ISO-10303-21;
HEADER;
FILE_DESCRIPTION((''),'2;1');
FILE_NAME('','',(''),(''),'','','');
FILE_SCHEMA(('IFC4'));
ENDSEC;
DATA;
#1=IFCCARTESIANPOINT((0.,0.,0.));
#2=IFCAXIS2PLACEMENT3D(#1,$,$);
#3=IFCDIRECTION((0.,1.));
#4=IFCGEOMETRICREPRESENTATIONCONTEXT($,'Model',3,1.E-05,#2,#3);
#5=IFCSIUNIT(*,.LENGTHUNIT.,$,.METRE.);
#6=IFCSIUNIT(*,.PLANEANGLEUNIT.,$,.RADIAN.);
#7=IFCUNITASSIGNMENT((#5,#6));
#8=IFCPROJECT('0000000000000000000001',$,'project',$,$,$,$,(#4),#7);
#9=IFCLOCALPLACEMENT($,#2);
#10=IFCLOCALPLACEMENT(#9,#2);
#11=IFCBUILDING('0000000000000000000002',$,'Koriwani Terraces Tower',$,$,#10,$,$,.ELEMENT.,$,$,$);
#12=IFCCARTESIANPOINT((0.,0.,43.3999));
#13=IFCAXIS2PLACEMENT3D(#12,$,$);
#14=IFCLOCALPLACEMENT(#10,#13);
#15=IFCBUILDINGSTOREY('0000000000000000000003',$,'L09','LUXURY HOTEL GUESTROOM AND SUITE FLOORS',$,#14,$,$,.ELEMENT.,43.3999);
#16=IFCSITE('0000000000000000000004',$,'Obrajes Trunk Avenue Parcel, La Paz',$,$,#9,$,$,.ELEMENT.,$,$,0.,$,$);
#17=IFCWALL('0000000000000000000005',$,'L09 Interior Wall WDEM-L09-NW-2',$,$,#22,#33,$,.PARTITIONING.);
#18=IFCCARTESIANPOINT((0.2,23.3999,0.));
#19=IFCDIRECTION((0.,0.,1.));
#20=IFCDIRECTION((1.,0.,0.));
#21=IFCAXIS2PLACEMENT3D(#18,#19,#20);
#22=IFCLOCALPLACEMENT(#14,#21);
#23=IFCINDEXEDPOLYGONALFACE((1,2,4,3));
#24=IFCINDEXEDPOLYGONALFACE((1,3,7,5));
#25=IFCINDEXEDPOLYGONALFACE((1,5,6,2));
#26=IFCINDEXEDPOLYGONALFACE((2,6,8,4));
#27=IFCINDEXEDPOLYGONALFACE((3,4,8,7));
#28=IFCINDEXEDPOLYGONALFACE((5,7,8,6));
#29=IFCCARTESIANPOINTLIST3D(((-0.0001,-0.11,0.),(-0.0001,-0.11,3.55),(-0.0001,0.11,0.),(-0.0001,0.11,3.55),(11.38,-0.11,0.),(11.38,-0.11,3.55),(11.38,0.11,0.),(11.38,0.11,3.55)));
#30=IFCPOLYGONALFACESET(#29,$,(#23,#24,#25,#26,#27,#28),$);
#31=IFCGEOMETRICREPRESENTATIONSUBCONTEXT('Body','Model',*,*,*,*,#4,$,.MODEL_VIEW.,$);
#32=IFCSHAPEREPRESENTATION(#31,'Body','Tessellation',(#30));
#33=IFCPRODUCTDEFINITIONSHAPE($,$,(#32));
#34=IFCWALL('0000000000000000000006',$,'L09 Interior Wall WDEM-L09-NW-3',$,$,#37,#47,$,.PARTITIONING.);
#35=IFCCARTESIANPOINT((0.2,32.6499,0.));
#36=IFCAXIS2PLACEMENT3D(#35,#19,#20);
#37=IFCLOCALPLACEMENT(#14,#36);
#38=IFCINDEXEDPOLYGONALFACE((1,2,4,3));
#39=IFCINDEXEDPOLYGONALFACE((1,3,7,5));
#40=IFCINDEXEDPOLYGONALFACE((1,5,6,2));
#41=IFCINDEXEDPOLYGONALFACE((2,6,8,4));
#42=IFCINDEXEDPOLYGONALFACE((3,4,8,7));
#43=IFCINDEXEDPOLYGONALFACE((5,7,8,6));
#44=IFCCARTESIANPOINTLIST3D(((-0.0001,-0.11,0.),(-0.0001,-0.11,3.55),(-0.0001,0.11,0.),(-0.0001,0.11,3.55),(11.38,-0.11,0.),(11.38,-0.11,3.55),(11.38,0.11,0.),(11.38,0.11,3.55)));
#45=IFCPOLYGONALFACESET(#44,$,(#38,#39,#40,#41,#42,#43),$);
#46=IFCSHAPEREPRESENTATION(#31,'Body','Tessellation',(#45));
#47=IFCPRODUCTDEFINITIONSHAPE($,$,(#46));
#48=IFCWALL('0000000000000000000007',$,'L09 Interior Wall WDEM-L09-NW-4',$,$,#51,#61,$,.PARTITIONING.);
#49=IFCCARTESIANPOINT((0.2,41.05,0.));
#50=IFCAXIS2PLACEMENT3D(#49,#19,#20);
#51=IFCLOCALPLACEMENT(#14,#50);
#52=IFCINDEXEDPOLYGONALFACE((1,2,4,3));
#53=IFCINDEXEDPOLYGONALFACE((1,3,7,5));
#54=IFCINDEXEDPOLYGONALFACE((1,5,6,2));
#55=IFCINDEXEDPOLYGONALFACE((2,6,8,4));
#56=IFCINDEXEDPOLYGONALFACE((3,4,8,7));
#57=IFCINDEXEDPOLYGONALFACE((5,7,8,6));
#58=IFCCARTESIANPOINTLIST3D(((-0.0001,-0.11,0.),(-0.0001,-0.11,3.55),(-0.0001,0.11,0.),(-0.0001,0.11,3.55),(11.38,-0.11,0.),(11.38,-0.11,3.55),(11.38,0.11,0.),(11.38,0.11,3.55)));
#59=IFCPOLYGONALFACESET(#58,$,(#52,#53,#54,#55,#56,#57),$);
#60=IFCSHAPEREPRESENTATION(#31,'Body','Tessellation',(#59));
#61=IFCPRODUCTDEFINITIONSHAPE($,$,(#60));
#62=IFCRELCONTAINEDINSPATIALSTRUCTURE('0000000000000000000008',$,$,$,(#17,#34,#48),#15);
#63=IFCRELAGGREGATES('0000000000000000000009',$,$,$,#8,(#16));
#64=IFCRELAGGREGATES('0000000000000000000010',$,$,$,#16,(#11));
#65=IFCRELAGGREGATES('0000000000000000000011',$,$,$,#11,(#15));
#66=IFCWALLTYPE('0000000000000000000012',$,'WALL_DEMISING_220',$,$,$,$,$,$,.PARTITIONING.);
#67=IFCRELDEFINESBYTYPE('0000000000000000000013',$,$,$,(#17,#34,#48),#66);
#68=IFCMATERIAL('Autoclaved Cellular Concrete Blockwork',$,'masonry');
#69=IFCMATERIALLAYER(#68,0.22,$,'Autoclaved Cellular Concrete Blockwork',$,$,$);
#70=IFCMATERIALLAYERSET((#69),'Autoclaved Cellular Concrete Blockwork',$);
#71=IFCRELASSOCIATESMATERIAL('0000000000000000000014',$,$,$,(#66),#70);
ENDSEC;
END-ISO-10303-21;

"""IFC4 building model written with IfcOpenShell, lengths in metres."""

from ifc_helpers import new_model, si_unit, direction, frame, frame_2d, origin, place, context, subcontext, project, spatial, rectangle, extrude, material, layer, layer_set, type_object, element, save


model = new_model("IFC4")

# Units and contexts
model_context = context("Model", 3, precision=1e-05, world=origin(), true_north=direction((0.0, 1.0)))
body_context = subcontext(model_context, "Body", "Model", "MODEL_VIEW")
ifc_project = project(units=[si_unit("LENGTHUNIT", "METRE"), si_unit("PLANEANGLEUNIT", "RADIAN")], contexts=[model_context])

# Site, building, storey
site_placement = place(None, origin())
site = spatial("IfcSite", under=ifc_project, at=site_placement, Name="Obrajes Trunk Avenue Parcel, La Paz", CompositionType="ELEMENT", RefElevation=0.0)
building_placement = place(site_placement, origin())
building = spatial("IfcBuilding", under=site, at=building_placement, Name="Koriwani Terraces Tower", CompositionType="ELEMENT")
storey_placement = place(building_placement, frame((0.0, 0.0, 43.3999)))
storey = spatial("IfcBuildingStorey", under=building, at=storey_placement, Name="L09", Description="LUXURY HOTEL GUESTROOM AND SUITE FLOORS", CompositionType="ELEMENT", Elevation=43.3999)

# Walls
ifc_material_1 = material(Name="Autoclaved Cellular Concrete Blockwork", Category="masonry")
ifc_layer_1 = layer(ifc_material_1, 0.22, Name="Autoclaved Cellular Concrete Blockwork")
ifc_layer_set_1 = layer_set([ifc_layer_1], Name="Autoclaved Cellular Concrete Blockwork")
wall_type_1 = type_object("IfcWallType", Name="WALL_DEMISING_220", PredefinedType="PARTITIONING", material=ifc_layer_set_1)
for number, where, z_axis, x_axis, name in (
    (1, (0.2, 23.3999, 0.0), (0.0, 0.0, 1.0), (1.0, 0.0, 0.0), "L09 Interior Wall WDEM-L09-NW-2"),
    (2, (0.2, 32.6499, 0.0), (0.0, 0.0, 1.0), (1.0, 0.0, 0.0), "L09 Interior Wall WDEM-L09-NW-3"),
    (3, (0.2, 41.05, 0.0), (0.0, 0.0, 1.0), (1.0, 0.0, 0.0), "L09 Interior Wall WDEM-L09-NW-4"),
):
    element("IfcWall", number, at=place(storey_placement, frame(where, z_axis=z_axis, x_axis=x_axis)), inside=storey, type_object=wall_type_1, Name=name, PredefinedType="PARTITIONING", context=body_context, shape_type="SweptSolid", body=[
        extrude(rectangle(XDim=11.3801, YDim=0.22, at=frame_2d((5.6899, 0.0))), origin(), (0.0, 0.0, 1.0), 3.55),
    ])

save(model, "model.ifc")
